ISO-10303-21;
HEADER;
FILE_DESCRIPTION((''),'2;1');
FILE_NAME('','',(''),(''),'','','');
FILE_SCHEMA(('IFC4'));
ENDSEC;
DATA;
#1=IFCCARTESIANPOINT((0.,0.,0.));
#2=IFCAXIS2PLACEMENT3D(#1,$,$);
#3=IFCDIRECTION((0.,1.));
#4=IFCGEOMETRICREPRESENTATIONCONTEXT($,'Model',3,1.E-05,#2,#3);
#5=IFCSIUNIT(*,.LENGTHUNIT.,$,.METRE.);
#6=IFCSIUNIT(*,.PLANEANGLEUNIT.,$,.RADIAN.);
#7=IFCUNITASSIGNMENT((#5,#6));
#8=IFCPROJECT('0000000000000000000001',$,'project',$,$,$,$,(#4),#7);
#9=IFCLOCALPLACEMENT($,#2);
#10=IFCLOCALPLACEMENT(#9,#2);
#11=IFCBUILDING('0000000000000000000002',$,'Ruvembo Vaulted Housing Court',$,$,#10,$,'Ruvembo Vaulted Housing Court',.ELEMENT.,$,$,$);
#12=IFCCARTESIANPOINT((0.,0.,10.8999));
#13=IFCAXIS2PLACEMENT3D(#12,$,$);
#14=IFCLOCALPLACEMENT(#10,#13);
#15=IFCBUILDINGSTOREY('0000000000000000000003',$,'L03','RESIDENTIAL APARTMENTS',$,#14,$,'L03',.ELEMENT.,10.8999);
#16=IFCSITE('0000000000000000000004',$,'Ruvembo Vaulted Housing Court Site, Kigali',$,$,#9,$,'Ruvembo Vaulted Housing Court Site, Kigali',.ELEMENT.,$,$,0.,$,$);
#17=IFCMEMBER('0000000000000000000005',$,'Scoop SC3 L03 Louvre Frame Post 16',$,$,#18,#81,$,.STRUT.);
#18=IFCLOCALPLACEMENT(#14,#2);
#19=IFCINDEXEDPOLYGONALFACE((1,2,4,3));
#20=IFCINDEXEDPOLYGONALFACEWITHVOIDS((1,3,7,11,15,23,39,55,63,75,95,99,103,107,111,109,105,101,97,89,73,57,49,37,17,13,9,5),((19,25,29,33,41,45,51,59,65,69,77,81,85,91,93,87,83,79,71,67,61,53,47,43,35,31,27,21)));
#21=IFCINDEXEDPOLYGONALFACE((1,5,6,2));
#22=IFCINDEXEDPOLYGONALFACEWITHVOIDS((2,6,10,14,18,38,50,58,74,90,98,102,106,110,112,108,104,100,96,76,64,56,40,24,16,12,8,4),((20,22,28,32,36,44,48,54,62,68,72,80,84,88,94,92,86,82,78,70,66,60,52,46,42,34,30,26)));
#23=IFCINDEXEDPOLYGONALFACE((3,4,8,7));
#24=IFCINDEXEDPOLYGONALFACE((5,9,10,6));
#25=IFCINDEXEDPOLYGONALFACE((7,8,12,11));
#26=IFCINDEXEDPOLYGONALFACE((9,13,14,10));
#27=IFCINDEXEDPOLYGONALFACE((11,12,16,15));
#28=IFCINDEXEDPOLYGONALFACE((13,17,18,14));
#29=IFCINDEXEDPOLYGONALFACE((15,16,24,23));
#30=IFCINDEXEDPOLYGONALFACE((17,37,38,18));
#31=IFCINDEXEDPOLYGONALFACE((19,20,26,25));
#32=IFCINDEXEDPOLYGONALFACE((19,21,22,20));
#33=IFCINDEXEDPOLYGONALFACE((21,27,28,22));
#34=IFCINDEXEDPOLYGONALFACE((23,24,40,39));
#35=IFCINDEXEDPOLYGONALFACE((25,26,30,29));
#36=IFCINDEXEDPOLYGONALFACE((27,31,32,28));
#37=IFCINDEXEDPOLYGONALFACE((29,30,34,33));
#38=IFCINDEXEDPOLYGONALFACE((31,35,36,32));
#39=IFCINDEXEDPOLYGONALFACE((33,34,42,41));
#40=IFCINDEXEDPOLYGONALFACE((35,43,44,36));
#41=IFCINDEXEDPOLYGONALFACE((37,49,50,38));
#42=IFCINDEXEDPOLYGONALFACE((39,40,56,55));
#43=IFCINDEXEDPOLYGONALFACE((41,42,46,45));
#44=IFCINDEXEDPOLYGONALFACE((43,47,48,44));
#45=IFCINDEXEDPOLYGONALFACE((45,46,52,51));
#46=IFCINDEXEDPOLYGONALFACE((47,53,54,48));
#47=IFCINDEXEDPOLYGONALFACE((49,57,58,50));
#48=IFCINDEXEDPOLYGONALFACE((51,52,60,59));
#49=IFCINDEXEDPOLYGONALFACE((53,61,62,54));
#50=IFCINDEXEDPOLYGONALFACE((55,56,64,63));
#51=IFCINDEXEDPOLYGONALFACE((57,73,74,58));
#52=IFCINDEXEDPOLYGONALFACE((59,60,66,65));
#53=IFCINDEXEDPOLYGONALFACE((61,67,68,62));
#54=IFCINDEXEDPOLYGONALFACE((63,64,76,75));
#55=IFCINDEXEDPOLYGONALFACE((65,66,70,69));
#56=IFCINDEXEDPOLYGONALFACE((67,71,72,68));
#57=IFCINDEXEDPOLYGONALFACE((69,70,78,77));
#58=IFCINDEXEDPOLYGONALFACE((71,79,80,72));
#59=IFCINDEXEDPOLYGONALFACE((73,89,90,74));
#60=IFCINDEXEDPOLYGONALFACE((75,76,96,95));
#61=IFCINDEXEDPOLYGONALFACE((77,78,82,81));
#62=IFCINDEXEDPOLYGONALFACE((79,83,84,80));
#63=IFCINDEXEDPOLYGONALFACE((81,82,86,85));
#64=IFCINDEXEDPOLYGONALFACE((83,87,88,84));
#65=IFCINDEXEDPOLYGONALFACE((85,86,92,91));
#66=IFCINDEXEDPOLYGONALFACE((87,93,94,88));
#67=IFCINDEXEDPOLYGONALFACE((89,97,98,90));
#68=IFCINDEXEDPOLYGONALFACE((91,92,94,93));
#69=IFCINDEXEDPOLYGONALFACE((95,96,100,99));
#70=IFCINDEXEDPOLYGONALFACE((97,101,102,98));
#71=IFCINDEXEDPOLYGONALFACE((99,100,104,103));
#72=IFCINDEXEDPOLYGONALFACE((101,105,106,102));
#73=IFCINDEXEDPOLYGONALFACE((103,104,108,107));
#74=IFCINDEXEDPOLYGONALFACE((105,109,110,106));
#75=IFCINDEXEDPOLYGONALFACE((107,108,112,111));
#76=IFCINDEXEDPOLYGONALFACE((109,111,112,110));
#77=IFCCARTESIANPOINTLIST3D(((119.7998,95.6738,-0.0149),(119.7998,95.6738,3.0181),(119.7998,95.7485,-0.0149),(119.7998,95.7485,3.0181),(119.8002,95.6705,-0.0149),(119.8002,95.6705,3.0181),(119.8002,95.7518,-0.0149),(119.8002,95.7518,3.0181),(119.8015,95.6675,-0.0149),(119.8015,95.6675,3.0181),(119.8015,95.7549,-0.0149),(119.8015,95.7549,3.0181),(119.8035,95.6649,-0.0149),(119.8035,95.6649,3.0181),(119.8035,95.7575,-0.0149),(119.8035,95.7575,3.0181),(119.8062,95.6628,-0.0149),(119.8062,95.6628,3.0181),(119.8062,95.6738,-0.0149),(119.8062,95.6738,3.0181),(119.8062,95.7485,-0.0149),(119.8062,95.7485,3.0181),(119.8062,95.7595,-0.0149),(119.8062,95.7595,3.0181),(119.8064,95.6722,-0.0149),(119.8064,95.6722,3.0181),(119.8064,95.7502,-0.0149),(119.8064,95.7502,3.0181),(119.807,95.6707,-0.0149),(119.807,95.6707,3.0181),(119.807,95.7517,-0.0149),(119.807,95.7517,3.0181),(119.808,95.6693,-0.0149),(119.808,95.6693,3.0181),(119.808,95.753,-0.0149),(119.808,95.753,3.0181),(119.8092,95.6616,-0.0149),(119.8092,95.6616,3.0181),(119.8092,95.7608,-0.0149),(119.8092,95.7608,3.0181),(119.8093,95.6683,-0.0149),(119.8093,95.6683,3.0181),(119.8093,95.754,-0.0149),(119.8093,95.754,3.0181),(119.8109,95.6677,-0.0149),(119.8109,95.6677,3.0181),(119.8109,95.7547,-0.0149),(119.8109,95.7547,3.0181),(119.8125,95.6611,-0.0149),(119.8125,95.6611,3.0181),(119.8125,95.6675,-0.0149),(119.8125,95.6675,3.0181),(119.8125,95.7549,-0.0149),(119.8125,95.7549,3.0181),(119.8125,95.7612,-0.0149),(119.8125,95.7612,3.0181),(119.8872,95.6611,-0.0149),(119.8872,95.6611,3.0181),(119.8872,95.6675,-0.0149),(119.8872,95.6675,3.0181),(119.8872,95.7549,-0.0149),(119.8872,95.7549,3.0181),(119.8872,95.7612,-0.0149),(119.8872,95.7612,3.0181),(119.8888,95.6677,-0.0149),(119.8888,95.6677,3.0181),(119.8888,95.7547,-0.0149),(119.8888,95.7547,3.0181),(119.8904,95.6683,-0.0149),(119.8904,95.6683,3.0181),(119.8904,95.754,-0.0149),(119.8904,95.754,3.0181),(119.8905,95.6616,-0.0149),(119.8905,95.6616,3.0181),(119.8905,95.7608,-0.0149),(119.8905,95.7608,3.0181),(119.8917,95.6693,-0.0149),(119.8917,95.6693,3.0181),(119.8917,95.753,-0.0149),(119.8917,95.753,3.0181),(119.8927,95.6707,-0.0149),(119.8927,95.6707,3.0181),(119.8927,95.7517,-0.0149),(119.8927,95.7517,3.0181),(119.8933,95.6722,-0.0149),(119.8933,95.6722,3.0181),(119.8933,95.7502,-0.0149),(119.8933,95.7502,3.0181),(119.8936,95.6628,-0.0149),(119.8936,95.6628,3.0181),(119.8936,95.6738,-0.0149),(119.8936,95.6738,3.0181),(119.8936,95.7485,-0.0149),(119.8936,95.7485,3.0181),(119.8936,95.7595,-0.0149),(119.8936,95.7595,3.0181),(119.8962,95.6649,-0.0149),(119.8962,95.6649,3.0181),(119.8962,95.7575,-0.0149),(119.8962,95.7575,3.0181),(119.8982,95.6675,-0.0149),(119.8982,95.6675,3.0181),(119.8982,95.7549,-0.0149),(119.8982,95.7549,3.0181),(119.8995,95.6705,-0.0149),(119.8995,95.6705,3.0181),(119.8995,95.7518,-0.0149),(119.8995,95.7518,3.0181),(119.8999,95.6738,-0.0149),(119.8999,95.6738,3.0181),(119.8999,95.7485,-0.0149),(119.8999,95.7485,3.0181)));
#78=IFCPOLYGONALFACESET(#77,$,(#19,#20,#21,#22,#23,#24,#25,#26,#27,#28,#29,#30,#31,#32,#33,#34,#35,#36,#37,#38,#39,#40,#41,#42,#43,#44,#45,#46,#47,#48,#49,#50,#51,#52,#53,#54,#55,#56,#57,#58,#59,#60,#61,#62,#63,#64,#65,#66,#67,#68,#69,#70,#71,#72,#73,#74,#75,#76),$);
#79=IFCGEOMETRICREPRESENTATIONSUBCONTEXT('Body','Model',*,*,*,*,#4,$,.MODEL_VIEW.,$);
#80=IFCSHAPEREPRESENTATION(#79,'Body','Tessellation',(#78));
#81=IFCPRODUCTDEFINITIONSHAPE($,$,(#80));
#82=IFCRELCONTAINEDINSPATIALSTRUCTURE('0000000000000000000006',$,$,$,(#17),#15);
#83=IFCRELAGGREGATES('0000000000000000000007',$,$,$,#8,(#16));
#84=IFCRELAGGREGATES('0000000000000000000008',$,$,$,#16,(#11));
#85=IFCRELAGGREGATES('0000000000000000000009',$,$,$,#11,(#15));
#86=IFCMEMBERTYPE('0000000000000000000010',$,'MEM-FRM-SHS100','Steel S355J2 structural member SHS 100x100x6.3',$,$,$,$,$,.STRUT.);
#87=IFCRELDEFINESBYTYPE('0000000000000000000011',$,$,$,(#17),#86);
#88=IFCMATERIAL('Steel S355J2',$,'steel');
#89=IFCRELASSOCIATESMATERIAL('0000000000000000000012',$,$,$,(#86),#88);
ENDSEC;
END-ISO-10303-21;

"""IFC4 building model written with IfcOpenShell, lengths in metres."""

from ifc_helpers import new_model, si_unit, direction, frame, origin, origin_2d, place, context, subcontext, project, spatial, hollow_rectangle, extrude, material, material_profile, profile_set, type_object, element, save


model = new_model("IFC4")

# Units and contexts
model_context = context("Model", 3, precision=1e-05, world=origin(), true_north=direction((0.0, 1.0)))
body_context = subcontext(model_context, "Body", "Model", "MODEL_VIEW")
ifc_project = project(units=[si_unit("LENGTHUNIT", "METRE"), si_unit("PLANEANGLEUNIT", "RADIAN")], contexts=[model_context])

# Site, building, storey
site_placement = place(None, origin())
site = spatial("IfcSite", under=ifc_project, at=site_placement, Name="Ruvembo Vaulted Housing Court Site, Kigali", LongName="Ruvembo Vaulted Housing Court Site, Kigali", CompositionType="ELEMENT", RefElevation=0.0)
building_placement = place(site_placement, origin())
building = spatial("IfcBuilding", under=site, at=building_placement, Name="Ruvembo Vaulted Housing Court", LongName="Ruvembo Vaulted Housing Court", CompositionType="ELEMENT")
storey_placement = place(building_placement, frame((0.0, 0.0, 10.8999)))
storey = spatial("IfcBuildingStorey", under=building, at=storey_placement, Name="L03", Description="RESIDENTIAL APARTMENTS", LongName="L03", CompositionType="ELEMENT", Elevation=10.8999)

# Shared definitions
ifc_material_1 = material(Name="Steel S355J2", Category="steel")

# Member
ifc_material_profile_1 = material_profile(ifc_material_1, hollow_rectangle(XDim=0.1001, YDim=0.1001, WallThickness=0.0063, InnerFilletRadius=0.0063, OuterFilletRadius=0.0127, at=origin_2d()), Name="SHS 100x100x6.3")
ifc_profile_set_1 = profile_set([ifc_material_profile_1], Name="Steel S355J2")
member_type_1 = type_object("IfcMemberType", Name="MEM-FRM-SHS100", Description="Steel S355J2 structural member SHS 100x100x6.3", PredefinedType="STRUT", material=ifc_profile_set_1)
for number, where, z_axis, x_axis, name in (
    (1, (119.8499, 95.7112, -0.0149), (0.0, 0.0, 1.0), (1.0, 0.0, 0.0), "Scoop SC3 L03 Louvre Frame Post 16"),
):
    element("IfcMember", number, at=place(storey_placement, frame(where, z_axis=z_axis, x_axis=x_axis)), inside=storey, type_object=member_type_1, Name=name, PredefinedType="STRUT", context=body_context, shape_type="SweptSolid", body=[
        extrude(hollow_rectangle(XDim=0.1001, YDim=0.1001, WallThickness=0.0063, InnerFilletRadius=0.0063, OuterFilletRadius=0.0127, at=origin_2d()), origin(), (0.0, 0.0, 1.0), 3.033),
    ])

save(model, "model.ifc")
